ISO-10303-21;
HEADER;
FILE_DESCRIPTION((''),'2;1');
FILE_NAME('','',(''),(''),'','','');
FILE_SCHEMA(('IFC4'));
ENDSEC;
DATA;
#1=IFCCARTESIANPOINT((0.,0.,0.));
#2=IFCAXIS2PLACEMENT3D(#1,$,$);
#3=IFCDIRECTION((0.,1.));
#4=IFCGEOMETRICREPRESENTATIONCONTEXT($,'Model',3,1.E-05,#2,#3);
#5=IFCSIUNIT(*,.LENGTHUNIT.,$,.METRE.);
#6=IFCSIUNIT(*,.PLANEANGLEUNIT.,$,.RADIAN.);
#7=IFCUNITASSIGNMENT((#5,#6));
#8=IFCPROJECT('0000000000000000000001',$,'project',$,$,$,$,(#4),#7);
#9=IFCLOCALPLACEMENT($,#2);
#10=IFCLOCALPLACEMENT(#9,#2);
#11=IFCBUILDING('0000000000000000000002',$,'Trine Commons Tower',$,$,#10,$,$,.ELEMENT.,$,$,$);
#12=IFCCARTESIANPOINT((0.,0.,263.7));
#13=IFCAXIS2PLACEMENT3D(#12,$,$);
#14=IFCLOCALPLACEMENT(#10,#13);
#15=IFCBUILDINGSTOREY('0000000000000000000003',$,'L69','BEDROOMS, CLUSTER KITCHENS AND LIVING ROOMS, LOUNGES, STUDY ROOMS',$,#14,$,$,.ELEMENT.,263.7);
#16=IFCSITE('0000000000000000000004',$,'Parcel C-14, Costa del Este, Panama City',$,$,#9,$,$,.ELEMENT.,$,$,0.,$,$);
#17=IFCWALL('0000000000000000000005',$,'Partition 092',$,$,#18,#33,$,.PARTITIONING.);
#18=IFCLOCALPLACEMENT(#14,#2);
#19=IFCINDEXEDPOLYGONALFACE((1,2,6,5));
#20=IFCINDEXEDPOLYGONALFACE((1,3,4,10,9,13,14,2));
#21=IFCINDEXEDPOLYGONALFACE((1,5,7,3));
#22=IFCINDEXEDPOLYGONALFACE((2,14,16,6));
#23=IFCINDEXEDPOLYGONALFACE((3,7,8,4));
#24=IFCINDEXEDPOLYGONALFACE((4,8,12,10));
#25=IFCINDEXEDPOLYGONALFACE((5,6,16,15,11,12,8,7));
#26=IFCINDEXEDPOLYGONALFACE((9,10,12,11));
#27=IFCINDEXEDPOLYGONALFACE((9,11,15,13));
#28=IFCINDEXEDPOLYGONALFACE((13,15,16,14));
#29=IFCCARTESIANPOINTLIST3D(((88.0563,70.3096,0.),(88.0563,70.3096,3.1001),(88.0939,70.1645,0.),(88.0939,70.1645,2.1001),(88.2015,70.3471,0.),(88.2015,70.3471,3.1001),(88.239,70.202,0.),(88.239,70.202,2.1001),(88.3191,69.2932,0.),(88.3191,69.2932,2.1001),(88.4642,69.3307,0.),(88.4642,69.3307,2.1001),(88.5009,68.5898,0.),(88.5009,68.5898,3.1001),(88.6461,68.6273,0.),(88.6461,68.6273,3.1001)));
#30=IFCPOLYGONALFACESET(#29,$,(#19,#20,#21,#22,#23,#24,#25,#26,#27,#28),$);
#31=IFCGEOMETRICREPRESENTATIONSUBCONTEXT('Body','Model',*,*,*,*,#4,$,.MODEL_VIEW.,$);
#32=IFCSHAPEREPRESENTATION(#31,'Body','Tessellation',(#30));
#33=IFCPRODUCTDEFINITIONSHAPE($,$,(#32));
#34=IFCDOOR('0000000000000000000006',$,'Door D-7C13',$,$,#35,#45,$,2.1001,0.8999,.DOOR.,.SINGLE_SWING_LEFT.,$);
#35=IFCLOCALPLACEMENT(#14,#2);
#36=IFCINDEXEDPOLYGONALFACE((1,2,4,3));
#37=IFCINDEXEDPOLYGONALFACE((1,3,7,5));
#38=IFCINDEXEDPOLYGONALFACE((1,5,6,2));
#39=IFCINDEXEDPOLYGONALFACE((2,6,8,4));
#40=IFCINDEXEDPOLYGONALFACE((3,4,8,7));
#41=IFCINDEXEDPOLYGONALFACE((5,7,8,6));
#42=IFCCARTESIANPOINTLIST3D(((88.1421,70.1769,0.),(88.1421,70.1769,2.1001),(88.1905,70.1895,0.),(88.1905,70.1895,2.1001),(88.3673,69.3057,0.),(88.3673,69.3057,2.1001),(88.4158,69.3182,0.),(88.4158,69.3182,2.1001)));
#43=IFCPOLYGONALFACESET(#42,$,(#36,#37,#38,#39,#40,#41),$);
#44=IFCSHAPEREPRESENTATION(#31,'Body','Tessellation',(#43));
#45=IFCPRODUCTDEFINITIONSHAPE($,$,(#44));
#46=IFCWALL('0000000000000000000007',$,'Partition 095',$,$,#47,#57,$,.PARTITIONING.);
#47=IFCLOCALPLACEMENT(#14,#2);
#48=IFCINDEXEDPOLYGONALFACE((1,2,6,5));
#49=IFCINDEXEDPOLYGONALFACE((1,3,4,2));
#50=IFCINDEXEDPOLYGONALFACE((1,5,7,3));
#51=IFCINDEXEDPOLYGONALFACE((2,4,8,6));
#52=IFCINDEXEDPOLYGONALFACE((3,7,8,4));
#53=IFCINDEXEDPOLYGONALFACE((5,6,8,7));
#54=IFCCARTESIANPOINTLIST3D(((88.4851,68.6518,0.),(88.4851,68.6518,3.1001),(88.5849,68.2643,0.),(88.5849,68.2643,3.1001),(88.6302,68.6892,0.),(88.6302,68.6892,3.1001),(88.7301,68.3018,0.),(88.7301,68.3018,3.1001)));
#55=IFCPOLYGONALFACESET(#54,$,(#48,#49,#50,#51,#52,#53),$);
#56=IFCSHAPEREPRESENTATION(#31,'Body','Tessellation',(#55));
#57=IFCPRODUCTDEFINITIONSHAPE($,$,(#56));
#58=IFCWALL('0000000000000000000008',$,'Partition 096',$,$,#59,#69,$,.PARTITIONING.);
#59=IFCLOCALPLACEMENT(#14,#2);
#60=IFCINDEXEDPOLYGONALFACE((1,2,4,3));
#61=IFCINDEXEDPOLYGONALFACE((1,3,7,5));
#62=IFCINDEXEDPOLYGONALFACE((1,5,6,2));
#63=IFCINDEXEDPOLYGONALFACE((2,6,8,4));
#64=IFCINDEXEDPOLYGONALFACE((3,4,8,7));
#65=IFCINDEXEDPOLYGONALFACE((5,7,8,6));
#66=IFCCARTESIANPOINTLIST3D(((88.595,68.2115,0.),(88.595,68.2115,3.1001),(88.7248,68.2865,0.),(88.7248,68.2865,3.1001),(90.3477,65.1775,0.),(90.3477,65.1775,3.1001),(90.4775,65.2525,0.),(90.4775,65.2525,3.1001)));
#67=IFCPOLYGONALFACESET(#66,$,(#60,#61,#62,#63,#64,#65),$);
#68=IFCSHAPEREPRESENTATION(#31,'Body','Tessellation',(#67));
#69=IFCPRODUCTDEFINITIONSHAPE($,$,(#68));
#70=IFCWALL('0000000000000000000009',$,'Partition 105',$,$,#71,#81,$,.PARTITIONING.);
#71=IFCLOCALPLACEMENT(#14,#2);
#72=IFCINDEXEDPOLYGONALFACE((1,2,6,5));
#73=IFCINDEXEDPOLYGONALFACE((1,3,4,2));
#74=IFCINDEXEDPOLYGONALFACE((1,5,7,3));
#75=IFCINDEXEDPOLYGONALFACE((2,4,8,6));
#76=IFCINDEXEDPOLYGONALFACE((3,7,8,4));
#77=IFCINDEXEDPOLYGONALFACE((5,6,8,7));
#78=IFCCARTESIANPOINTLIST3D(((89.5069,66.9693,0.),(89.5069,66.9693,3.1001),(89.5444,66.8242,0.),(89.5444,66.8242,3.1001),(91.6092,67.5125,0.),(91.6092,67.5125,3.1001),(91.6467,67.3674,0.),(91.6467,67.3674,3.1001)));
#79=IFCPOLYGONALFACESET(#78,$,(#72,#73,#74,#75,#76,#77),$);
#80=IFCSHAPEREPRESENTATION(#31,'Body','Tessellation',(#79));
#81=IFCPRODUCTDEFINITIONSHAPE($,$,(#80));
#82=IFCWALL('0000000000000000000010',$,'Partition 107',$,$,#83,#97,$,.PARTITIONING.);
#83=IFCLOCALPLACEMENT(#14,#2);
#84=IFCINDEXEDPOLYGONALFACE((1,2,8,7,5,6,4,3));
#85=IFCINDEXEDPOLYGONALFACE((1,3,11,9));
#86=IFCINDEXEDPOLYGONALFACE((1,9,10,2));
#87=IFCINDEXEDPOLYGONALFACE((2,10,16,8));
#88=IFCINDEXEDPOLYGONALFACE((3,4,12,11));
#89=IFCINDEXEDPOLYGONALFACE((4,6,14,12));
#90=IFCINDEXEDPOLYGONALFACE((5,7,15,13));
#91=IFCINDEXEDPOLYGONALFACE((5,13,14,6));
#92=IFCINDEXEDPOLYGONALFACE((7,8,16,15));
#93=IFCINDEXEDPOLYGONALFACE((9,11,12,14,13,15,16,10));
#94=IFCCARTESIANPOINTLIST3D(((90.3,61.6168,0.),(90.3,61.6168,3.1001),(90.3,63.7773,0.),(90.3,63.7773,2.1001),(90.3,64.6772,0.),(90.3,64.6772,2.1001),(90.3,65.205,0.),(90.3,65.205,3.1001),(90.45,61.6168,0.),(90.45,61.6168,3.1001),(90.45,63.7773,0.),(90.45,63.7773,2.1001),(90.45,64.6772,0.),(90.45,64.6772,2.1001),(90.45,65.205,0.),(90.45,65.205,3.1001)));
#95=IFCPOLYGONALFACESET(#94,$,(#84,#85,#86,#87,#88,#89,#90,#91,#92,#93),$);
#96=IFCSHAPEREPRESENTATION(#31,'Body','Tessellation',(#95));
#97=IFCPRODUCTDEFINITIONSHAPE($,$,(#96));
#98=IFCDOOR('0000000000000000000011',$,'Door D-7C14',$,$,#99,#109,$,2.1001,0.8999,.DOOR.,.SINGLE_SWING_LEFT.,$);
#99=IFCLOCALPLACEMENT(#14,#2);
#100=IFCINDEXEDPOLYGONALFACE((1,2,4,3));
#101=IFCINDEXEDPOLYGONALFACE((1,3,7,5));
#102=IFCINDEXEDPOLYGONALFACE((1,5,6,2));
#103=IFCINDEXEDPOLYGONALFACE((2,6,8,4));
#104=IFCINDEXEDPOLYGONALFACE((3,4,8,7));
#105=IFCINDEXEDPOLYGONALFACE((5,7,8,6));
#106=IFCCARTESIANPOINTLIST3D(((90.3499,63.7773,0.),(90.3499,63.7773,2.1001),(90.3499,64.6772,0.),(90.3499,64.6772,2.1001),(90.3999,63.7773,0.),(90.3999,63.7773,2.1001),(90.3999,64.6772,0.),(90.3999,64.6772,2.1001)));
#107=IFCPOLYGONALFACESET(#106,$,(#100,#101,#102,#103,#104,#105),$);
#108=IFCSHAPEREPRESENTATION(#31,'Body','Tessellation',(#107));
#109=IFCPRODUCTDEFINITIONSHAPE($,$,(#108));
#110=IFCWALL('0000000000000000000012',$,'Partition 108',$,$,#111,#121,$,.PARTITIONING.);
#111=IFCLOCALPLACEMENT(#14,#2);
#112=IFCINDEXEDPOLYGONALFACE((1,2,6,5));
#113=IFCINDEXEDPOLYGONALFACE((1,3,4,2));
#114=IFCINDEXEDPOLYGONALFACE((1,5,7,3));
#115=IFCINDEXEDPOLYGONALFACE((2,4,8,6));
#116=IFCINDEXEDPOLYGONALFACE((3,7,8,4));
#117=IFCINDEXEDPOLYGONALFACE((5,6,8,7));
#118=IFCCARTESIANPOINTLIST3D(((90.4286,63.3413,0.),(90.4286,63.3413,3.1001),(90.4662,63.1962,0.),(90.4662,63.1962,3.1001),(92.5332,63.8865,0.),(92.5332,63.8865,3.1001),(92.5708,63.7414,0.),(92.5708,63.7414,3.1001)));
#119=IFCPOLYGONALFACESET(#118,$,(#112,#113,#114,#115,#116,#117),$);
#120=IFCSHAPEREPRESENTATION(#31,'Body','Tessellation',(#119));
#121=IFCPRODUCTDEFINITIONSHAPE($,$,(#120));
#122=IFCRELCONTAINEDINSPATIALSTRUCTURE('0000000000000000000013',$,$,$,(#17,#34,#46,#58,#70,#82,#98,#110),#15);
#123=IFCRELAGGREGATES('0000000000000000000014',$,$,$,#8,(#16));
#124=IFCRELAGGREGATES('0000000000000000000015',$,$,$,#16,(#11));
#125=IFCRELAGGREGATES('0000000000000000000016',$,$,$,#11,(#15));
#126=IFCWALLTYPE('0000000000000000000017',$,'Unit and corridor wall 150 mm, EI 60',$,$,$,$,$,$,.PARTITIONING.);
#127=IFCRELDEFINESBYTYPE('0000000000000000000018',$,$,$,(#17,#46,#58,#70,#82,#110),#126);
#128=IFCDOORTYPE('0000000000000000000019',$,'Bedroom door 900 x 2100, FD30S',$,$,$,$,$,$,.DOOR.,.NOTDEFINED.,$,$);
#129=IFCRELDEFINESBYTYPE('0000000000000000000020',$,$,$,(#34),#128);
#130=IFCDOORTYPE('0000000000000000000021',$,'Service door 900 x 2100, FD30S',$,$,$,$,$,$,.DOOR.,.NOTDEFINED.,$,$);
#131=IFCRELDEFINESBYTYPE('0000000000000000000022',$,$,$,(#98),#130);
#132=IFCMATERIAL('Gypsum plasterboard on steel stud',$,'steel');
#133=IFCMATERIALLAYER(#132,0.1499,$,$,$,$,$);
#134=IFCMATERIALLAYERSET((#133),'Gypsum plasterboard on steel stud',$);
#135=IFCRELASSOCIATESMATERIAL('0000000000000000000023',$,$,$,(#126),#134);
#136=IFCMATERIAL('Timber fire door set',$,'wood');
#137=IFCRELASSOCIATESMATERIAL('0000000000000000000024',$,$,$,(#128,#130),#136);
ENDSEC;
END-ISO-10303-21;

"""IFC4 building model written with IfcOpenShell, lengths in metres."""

from ifc_helpers import new_model, si_unit, direction, frame, frame_2d, origin, place, context, subcontext, project, spatial, rectangle, extrude, material, layer, layer_set, type_object, element, fill, save


model = new_model("IFC4")

# Units and contexts
model_context = context("Model", 3, precision=1e-05, world=origin(), true_north=direction((0.0, 1.0)))
body_context = subcontext(model_context, "Body", "Model", "MODEL_VIEW")
ifc_project = project(units=[si_unit("LENGTHUNIT", "METRE"), si_unit("PLANEANGLEUNIT", "RADIAN")], contexts=[model_context])

# Site, building, storey
site_placement = place(None, origin())
site = spatial("IfcSite", under=ifc_project, at=site_placement, Name="Parcel C-14, Costa del Este, Panama City", CompositionType="ELEMENT", RefElevation=0.0)
building_placement = place(site_placement, origin())
building = spatial("IfcBuilding", under=site, at=building_placement, Name="Trine Commons Tower", CompositionType="ELEMENT")
storey_placement = place(building_placement, frame((0.0, 0.0, 263.7)))
storey = spatial("IfcBuildingStorey", under=building, at=storey_placement, Name="L69", Description="BEDROOMS, CLUSTER KITCHENS AND LIVING ROOMS, LOUNGES, STUDY ROOMS", CompositionType="ELEMENT", Elevation=263.7)

# Shared definitions
ifc_material_1 = material(Name="Gypsum plasterboard on steel stud", Category="steel")
ifc_layer_1 = layer(ifc_material_1, 0.1499)
ifc_layer_set_1 = layer_set([ifc_layer_1], Name="Gypsum plasterboard on steel stud")
wall_type_1 = type_object("IfcWallType", Name="Unit and corridor wall 150 mm, EI 60", PredefinedType="PARTITIONING", material=ifc_layer_set_1)

# Wall, opening, door
wall_1_placement = place(storey_placement, frame((88.1289, 70.3284, 0.0), z_axis=(0.0, 0.0, 1.0), x_axis=(0.25029, -0.968171, 0.0)))
wall_1 = element("IfcWall", 1, at=wall_1_placement, inside=storey, type_object=wall_type_1, Name="Partition 092", PredefinedType="PARTITIONING", context=body_context, shape_type="SweptSolid", body=[
    extrude(rectangle(XDim=1.7764, YDim=0.1499, at=frame_2d((0.8882, 0.0))), origin(), (0.0, 0.0, 1.0), 3.1001),
])
opening_1_placement = place(wall_1_placement, frame((0.1499, 0.0, 0.0)))
opening_1 = element("IfcOpeningElement", 2, at=opening_1_placement, cuts=wall_1, PredefinedType="OPENING", context=body_context, shape_type="SweptSolid", body=[
    extrude(rectangle(XDim=0.8999, YDim=2.1001, at=frame_2d((0.45, 1.05))), frame((0.0, 0.085, 0.0), z_axis=(0.0, -1.0, 0.0), x_axis=(1.0, 0.0, 0.0)), (0.0, 0.0, 1.0), 0.1699),
])
ifc_material_2 = material(Name="Timber fire door set", Category="wood")
door_type_1 = type_object("IfcDoorType", Name="Bedroom door 900 x 2100, FD30S", OperationType="NOTDEFINED", PredefinedType="DOOR", material=ifc_material_2)
door_1_placement = place(opening_1_placement, origin())
door_1 = element("IfcDoor", 3, at=door_1_placement, inside=storey, type_object=door_type_1, Name="Door D-7C13", OperationType="SINGLE_SWING_LEFT", OverallHeight=2.1001, OverallWidth=0.8999, PredefinedType="DOOR", context=body_context, shape_type="SweptSolid", body=[
    extrude(rectangle(XDim=0.8999, YDim=2.1001, at=frame_2d((0.45, 1.05))), frame((0.0, 0.0249, 0.0), z_axis=(0.0, -1.0, 0.0), x_axis=(1.0, 0.0, 0.0)), (0.0, 0.0, 1.0), 0.05),
])
fill(opening_1, door_1)

# Walls
wall_2_placement = place(storey_placement, frame((88.5576, 68.6707, 0.0), z_axis=(0.0, 0.0, 1.0), x_axis=(0.249564, -0.968358, 0.0)))
element("IfcWall", 4, at=wall_2_placement, inside=storey, type_object=wall_type_1, Name="Partition 095", PredefinedType="PARTITIONING", context=body_context, shape_type="SweptSolid", body=[
    extrude(rectangle(XDim=0.4001, YDim=0.1499, at=frame_2d((0.2002, 0.0))), origin(), (0.0, 0.0, 1.0), 3.1001),
])
wall_3_placement = place(storey_placement, frame((88.6599, 68.249, 0.0), z_axis=(0.0, 0.0, 1.0), x_axis=(0.500223, -0.865897, 0.0)))
element("IfcWall", 5, at=wall_3_placement, inside=storey, type_object=wall_type_1, Name="Partition 096", PredefinedType="PARTITIONING", context=body_context, shape_type="SweptSolid", body=[
    extrude(rectangle(XDim=3.5039, YDim=0.1499, at=frame_2d((1.752, 0.0))), origin(), (0.0, 0.0, 1.0), 3.1001),
])
wall_4_placement = place(storey_placement, frame((89.5256, 66.8967, 0.0), z_axis=(0.0, 0.0, 1.0), x_axis=(0.968201, 0.250174, 0.0)))
element("IfcWall", 6, at=wall_4_placement, inside=storey, type_object=wall_type_1, Name="Partition 105", PredefinedType="PARTITIONING", context=body_context, shape_type="SweptSolid", body=[
    extrude(rectangle(XDim=2.1714, YDim=0.1499, at=frame_2d((1.0857, 0.0))), origin(), (0.0, 0.0, 1.0), 3.1001),
])

# Wall, opening, door
wall_5_placement = place(storey_placement, frame((90.375, 61.6169, 0.0), z_axis=(0.0, 0.0, 1.0), x_axis=(0.0, 1.0, 0.0)))
wall_5 = element("IfcWall", 7, at=wall_5_placement, inside=storey, type_object=wall_type_1, Name="Partition 107", PredefinedType="PARTITIONING", context=body_context, shape_type="SweptSolid", body=[
    extrude(rectangle(XDim=3.5881, YDim=0.1499, at=frame_2d((1.7939, 0.0))), origin(), (0.0, 0.0, 1.0), 3.1001),
])
opening_2_placement = place(wall_5_placement, frame((2.1604, 0.0, 0.0)))
opening_2 = element("IfcOpeningElement", 8, at=opening_2_placement, cuts=wall_5, PredefinedType="OPENING", context=body_context, shape_type="SweptSolid", body=[
    extrude(rectangle(XDim=0.8999, YDim=2.1001, at=frame_2d((0.45, 1.05))), frame((0.0, 0.085, 0.0), z_axis=(0.0, -1.0, 0.0), x_axis=(1.0, 0.0, 0.0)), (0.0, 0.0, 1.0), 0.1699),
])
door_type_2 = type_object("IfcDoorType", Name="Service door 900 x 2100, FD30S", OperationType="NOTDEFINED", PredefinedType="DOOR", material=ifc_material_2)
door_2_placement = place(opening_2_placement, frame((0.8999, 0.0, 0.0), z_axis=(0.0, 0.0, 1.0), x_axis=(-1.0, 0.0, 0.0)))
door_2 = element("IfcDoor", 9, at=door_2_placement, inside=storey, type_object=door_type_2, Name="Door D-7C14", OperationType="SINGLE_SWING_LEFT", OverallHeight=2.1001, OverallWidth=0.8999, PredefinedType="DOOR", context=body_context, shape_type="SweptSolid", body=[
    extrude(rectangle(XDim=0.8999, YDim=2.1001, at=frame_2d((0.45, 1.05))), frame((0.0, 0.0249, 0.0), z_axis=(0.0, -1.0, 0.0), x_axis=(1.0, 0.0, 0.0)), (0.0, 0.0, 1.0), 0.05),
])
fill(opening_2, door_2)

# Wall
wall_6_placement = place(storey_placement, frame((90.4475, 63.2688, 0.0), z_axis=(0.0, 0.0, 1.0), x_axis=(0.968046, 0.250771, 0.0)))
element("IfcWall", 10, at=wall_6_placement, inside=storey, type_object=wall_type_1, Name="Partition 108", PredefinedType="PARTITIONING", context=body_context, shape_type="SweptSolid", body=[
    extrude(rectangle(XDim=2.1741, YDim=0.1499, at=frame_2d((1.0869, 0.0))), origin(), (0.0, 0.0, 1.0), 3.1001),
])

save(model, "model.ifc")
